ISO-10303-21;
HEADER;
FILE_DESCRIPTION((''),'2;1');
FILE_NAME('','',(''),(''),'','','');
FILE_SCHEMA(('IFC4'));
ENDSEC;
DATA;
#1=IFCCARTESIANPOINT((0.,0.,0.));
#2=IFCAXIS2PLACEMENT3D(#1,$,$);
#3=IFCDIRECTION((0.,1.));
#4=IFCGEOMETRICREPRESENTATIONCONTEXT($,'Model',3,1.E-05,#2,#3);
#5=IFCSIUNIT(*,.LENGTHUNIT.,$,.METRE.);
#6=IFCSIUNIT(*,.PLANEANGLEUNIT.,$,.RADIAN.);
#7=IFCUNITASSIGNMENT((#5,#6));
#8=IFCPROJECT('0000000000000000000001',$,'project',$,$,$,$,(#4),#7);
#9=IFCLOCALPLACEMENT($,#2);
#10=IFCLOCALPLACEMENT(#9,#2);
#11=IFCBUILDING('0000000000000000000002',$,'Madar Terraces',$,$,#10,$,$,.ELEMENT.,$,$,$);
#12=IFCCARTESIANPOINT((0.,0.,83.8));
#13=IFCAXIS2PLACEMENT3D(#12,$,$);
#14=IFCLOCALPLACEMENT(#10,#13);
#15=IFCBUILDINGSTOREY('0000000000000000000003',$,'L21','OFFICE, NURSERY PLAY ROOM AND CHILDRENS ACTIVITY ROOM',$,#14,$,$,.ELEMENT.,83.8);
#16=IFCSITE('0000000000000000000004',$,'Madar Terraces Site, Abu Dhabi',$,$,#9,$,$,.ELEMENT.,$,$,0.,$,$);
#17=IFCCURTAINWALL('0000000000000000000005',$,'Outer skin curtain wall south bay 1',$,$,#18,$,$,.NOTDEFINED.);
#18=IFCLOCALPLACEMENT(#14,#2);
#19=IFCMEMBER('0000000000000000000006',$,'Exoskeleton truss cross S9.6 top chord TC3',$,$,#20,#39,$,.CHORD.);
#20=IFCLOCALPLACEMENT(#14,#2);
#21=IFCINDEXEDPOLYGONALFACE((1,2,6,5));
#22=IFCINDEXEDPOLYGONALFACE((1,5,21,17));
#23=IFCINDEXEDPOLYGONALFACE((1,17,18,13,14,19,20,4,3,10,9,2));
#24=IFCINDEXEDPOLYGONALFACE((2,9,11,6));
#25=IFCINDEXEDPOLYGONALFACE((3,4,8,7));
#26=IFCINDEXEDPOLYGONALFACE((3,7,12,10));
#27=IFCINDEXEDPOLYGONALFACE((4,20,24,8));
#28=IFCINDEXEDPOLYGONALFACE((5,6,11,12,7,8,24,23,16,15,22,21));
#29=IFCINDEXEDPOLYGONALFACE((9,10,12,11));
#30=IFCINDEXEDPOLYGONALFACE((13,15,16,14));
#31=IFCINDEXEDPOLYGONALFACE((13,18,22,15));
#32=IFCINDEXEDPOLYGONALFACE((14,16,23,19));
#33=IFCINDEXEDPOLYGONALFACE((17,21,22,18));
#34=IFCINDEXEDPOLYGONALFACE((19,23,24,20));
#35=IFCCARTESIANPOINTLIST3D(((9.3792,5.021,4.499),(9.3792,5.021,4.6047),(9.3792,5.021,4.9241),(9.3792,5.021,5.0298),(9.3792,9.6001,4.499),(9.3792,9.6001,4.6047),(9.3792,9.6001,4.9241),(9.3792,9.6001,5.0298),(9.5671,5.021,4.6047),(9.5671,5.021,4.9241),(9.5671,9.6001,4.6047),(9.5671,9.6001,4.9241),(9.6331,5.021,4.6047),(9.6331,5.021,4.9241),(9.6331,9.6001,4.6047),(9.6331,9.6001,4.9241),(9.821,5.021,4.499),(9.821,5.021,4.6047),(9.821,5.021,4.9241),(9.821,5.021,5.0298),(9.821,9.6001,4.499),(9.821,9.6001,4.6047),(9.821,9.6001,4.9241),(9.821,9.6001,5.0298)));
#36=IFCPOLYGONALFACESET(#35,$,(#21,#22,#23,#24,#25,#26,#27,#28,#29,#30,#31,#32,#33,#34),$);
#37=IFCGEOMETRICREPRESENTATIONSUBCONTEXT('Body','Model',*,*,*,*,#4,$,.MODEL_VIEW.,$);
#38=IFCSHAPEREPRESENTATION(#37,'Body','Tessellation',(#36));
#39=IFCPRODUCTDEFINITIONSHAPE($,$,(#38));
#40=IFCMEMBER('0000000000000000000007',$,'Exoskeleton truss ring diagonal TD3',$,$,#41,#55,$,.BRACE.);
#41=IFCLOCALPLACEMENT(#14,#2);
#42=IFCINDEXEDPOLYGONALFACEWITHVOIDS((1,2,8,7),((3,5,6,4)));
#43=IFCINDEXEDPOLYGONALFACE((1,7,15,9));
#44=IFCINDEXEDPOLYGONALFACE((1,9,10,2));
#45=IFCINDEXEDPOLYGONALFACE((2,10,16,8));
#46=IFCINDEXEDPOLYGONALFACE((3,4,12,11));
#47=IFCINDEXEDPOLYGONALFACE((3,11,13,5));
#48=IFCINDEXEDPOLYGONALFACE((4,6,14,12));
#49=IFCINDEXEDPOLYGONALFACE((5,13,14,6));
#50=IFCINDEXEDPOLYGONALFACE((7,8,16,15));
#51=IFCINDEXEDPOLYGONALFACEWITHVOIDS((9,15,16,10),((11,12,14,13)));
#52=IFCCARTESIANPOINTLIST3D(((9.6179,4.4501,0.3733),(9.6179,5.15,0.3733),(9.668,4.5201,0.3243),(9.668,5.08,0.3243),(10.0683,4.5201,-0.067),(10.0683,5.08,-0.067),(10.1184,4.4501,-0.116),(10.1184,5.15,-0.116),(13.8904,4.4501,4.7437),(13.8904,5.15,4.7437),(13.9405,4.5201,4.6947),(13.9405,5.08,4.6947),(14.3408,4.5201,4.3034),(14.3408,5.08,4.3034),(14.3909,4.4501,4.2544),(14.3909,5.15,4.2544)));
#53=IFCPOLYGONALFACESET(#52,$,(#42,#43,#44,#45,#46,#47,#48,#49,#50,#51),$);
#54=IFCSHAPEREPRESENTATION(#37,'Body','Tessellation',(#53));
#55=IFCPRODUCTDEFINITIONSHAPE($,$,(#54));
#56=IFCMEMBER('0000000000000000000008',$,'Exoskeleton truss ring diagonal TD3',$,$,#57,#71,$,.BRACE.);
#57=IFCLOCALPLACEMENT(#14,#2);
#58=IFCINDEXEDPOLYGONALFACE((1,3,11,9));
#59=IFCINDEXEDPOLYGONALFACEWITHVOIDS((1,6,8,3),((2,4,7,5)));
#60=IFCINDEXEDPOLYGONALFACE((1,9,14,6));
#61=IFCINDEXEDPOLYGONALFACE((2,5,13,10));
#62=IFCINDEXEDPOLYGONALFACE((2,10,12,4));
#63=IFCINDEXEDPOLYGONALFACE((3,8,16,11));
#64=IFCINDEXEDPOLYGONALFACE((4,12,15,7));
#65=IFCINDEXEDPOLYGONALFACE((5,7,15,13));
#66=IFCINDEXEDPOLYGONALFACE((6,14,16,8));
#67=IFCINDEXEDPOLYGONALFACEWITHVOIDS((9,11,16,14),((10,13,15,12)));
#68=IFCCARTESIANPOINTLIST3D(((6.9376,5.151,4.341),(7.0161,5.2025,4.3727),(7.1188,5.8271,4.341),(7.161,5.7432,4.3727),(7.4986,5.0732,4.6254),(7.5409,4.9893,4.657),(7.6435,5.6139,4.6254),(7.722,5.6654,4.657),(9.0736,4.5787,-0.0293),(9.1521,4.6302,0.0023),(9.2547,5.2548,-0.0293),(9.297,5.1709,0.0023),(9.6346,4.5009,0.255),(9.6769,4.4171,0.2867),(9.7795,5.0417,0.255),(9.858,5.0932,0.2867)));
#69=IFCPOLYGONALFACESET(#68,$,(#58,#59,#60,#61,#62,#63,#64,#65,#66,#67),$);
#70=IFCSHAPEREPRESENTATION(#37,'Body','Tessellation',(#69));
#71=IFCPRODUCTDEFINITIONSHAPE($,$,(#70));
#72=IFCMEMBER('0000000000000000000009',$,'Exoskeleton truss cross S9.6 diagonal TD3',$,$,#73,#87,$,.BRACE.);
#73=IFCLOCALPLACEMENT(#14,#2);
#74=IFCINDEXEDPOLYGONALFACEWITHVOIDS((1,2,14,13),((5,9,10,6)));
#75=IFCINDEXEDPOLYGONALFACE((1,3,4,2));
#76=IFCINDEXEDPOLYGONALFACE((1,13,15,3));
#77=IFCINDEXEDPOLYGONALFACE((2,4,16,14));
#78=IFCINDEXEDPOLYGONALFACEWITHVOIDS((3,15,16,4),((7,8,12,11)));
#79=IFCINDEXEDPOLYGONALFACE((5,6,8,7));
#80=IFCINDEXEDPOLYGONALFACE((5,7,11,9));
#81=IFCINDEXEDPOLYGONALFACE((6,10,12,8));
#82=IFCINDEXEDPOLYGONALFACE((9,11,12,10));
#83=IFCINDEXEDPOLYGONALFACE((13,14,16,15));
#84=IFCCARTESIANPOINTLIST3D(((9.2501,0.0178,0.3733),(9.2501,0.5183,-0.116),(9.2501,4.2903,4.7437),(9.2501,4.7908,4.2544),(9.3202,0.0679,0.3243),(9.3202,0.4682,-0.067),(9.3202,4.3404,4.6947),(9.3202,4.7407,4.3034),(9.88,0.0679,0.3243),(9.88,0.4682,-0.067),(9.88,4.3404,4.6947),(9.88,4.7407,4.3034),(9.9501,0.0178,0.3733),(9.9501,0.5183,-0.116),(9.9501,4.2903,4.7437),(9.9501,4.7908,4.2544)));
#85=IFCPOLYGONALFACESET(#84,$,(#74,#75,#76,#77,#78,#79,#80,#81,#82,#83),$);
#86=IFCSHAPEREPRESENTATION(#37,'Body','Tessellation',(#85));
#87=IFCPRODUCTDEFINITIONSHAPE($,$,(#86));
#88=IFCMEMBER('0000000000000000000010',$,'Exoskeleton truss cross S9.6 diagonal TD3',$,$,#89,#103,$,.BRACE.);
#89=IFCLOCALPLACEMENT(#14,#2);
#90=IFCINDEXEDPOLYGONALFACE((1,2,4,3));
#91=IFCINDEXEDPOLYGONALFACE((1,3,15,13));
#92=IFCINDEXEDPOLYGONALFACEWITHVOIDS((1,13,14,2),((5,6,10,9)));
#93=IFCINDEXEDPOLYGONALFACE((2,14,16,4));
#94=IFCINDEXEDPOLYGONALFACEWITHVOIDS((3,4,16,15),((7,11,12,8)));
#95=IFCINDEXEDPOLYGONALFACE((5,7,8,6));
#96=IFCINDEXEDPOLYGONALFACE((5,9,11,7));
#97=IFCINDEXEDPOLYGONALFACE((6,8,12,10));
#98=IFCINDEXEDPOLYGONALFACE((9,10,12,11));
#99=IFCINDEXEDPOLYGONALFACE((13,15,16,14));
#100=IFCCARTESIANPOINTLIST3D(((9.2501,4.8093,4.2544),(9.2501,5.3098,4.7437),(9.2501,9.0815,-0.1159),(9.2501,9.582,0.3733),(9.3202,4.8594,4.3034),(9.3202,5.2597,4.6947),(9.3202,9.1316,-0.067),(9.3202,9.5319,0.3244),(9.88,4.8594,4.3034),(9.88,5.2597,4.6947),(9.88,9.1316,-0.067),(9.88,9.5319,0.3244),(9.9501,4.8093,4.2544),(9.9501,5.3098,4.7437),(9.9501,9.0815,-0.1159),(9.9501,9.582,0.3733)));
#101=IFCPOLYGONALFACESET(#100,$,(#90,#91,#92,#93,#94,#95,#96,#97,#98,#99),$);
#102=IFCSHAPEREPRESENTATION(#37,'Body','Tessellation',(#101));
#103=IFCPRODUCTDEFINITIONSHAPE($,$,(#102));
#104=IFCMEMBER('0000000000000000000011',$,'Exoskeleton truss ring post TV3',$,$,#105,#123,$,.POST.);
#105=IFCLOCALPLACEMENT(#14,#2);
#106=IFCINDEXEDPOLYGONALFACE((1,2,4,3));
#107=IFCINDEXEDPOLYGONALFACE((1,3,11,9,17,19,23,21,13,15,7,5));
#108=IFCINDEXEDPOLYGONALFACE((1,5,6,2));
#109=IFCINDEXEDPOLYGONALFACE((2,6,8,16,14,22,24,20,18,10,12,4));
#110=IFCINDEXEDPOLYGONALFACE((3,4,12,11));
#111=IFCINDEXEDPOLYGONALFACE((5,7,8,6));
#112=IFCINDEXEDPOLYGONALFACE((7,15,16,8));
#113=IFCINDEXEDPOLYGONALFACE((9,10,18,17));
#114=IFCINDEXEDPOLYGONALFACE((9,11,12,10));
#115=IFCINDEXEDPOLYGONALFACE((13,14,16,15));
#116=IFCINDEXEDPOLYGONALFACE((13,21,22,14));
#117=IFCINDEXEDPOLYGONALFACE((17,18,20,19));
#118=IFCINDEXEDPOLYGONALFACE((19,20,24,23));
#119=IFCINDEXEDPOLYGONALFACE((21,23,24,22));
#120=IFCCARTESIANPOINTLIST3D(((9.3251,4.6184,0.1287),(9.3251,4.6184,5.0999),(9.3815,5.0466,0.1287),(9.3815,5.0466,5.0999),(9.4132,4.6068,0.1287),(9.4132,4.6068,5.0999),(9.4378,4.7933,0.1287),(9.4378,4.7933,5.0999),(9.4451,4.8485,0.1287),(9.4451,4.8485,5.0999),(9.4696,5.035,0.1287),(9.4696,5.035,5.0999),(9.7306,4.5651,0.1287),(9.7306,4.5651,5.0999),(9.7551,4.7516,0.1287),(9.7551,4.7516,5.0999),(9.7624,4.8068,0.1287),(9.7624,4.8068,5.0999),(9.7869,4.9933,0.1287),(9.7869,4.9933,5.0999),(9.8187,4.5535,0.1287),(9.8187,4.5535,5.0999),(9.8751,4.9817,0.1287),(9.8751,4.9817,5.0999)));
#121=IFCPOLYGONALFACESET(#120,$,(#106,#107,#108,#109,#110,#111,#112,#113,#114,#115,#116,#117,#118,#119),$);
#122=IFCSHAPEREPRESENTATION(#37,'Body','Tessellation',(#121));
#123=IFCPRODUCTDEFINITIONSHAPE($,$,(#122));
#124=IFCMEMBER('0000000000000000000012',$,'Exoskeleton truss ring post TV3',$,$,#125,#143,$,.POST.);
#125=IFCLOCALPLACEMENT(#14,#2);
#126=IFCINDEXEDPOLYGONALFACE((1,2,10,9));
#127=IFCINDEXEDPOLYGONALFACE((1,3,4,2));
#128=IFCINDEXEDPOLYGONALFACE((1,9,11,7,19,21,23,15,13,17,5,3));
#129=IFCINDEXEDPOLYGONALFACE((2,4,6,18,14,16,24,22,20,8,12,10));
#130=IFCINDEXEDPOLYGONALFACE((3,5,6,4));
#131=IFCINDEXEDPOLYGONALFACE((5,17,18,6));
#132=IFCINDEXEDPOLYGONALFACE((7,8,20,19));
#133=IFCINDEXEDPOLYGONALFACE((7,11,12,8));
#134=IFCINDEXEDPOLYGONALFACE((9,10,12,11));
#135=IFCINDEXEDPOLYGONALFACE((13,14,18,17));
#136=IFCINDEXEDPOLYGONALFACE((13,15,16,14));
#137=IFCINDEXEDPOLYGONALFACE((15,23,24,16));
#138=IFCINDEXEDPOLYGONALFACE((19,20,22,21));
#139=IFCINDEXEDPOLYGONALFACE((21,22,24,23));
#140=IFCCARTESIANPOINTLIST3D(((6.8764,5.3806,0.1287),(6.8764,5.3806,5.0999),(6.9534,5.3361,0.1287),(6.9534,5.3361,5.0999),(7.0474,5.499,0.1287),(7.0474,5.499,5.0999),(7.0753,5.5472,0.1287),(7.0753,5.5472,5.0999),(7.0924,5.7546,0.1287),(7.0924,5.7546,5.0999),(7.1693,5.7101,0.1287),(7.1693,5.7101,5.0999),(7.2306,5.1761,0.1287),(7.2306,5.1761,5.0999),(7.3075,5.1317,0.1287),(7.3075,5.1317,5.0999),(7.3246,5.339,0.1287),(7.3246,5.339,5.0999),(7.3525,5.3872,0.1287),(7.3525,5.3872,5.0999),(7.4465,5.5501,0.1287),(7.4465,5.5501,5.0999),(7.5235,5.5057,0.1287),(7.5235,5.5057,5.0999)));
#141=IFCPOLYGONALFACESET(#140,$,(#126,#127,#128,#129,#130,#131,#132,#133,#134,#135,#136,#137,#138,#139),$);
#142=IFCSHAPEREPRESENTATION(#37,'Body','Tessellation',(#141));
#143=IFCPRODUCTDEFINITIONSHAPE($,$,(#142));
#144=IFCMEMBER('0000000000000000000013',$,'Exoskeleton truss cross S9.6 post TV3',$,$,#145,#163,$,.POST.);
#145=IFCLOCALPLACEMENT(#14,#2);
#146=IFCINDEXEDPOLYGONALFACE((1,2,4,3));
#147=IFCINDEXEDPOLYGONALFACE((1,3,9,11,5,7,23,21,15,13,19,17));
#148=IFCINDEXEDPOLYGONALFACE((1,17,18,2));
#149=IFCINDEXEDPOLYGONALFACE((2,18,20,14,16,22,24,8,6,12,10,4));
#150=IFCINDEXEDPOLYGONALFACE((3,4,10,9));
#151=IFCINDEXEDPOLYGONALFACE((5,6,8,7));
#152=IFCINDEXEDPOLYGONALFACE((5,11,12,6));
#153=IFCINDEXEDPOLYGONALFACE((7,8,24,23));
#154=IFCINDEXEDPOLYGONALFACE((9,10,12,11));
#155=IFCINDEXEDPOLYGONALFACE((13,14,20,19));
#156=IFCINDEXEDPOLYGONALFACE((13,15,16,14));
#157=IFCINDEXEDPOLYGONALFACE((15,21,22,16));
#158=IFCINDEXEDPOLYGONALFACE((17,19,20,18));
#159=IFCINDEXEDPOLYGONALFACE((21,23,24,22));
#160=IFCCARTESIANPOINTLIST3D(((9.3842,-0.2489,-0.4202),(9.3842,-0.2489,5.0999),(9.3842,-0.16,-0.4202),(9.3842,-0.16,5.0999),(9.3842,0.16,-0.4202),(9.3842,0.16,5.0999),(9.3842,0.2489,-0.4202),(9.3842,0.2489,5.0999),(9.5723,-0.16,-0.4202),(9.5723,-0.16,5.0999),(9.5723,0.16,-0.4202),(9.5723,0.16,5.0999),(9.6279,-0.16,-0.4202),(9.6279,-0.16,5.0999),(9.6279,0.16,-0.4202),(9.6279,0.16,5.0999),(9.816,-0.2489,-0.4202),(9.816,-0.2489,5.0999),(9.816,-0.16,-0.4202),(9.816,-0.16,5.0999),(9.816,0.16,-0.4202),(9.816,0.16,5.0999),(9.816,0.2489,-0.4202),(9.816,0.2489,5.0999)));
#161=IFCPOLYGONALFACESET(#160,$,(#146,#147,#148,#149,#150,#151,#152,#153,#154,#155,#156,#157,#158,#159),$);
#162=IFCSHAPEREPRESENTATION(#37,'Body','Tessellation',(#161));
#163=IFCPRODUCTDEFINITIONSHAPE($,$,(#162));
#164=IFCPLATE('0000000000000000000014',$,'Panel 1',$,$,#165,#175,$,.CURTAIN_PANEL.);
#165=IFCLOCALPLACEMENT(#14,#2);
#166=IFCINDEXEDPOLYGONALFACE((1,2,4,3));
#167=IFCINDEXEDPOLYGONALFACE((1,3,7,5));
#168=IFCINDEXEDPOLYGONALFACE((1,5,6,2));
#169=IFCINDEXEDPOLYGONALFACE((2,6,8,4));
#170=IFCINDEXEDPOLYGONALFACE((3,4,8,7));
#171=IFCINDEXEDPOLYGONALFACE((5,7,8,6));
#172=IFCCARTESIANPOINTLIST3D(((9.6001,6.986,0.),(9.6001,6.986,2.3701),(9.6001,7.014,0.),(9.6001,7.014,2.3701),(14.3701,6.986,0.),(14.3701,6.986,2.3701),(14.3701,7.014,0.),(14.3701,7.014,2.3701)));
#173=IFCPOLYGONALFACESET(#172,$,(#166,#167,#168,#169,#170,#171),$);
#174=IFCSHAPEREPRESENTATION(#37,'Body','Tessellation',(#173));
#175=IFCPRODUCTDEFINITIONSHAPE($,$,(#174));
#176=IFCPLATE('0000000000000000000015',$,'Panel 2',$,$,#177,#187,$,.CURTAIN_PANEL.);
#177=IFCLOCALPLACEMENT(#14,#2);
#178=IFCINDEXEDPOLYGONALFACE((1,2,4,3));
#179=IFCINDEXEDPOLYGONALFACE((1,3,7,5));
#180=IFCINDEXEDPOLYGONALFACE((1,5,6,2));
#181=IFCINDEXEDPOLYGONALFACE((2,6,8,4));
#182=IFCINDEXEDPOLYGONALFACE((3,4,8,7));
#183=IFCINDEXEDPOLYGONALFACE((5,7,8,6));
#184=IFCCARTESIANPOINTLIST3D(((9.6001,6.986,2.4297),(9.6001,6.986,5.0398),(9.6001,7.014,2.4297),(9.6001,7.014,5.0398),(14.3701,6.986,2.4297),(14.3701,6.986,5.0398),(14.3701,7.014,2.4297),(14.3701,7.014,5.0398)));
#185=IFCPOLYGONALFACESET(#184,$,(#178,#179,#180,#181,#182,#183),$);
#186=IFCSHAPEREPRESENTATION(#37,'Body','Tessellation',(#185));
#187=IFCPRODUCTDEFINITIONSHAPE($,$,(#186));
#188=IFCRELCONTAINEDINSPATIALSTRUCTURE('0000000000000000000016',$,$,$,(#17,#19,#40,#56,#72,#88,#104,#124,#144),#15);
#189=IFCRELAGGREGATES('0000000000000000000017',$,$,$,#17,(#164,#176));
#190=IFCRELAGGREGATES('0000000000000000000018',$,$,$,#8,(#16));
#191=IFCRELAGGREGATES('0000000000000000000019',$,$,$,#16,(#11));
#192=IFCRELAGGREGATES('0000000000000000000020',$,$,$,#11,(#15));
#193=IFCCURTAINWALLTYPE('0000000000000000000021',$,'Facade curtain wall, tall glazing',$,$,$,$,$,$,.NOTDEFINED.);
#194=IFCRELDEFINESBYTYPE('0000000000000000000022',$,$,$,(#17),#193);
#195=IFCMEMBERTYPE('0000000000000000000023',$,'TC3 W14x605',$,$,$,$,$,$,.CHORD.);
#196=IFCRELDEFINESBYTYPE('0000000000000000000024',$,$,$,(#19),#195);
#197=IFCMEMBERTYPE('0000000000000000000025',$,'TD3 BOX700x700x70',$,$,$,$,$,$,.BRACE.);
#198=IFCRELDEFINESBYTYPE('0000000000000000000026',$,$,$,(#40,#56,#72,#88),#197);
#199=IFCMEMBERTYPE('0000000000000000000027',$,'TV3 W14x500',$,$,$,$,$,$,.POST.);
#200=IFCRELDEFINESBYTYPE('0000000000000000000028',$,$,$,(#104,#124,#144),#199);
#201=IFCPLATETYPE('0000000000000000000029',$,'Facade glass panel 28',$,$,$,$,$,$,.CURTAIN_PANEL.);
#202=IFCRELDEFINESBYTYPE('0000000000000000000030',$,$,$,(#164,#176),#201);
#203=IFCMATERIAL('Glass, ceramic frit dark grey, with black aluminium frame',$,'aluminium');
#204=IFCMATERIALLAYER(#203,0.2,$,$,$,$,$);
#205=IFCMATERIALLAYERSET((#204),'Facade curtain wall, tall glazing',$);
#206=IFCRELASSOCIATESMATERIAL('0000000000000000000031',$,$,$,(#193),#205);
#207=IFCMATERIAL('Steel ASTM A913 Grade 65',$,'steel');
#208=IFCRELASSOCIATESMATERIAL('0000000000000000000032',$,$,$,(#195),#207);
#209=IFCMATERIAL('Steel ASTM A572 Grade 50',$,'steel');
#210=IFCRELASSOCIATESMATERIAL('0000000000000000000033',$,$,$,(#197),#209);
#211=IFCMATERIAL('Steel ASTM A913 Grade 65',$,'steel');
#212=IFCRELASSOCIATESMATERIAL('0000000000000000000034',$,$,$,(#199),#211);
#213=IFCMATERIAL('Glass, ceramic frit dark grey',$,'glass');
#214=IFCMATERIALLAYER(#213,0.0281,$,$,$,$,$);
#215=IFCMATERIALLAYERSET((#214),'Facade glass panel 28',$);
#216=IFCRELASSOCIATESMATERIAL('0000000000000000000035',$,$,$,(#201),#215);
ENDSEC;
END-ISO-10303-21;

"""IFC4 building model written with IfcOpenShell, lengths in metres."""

from ifc_helpers import new_model, si_unit, direction, frame, origin, origin_2d, place, context, subcontext, project, spatial, rectangle, hollow_rectangle, i_section, extrude, material, layer, layer_set, material_profile, profile_set, type_object, element, aggregate, save


model = new_model("IFC4")

# Units and contexts
model_context = context("Model", 3, precision=1e-05, world=origin(), true_north=direction((0.0, 1.0)))
body_context = subcontext(model_context, "Body", "Model", "MODEL_VIEW")
ifc_project = project(units=[si_unit("LENGTHUNIT", "METRE"), si_unit("PLANEANGLEUNIT", "RADIAN")], contexts=[model_context])

# Site, building, storey
site_placement = place(None, origin())
site = spatial("IfcSite", under=ifc_project, at=site_placement, Name="Madar Terraces Site, Abu Dhabi", CompositionType="ELEMENT", RefElevation=0.0)
building_placement = place(site_placement, origin())
building = spatial("IfcBuilding", under=site, at=building_placement, Name="Madar Terraces", CompositionType="ELEMENT")
storey_placement = place(building_placement, frame((0.0, 0.0, 83.8)))
storey = spatial("IfcBuildingStorey", under=building, at=storey_placement, Name="L21", Description="OFFICE, NURSERY PLAY ROOM AND CHILDRENS ACTIVITY ROOM", CompositionType="ELEMENT", Elevation=83.8)

# Curtain wall
ifc_material_1 = material(Name="Glass, ceramic frit dark grey, with black aluminium frame", Category="aluminium")
ifc_layer_1 = layer(ifc_material_1, 0.2)
ifc_layer_set_1 = layer_set([ifc_layer_1], Name="Facade curtain wall, tall glazing")
curtain_wall_type = type_object("IfcCurtainWallType", Name="Facade curtain wall, tall glazing", PredefinedType="NOTDEFINED", material=ifc_layer_set_1)
curtain_wall_placement = place(storey_placement, origin())
curtain_wall = element("IfcCurtainWall", 1, at=curtain_wall_placement, inside=storey, type_object=curtain_wall_type, Name="Outer skin curtain wall south bay 1", PredefinedType="NOTDEFINED")

# Members
ifc_material_2 = material(Name="Steel ASTM A913 Grade 65", Category="steel")
ifc_material_profile_1 = material_profile(ifc_material_2, i_section(OverallWidth=0.4419, OverallDepth=0.5308, WebThickness=0.0659, FlangeThickness=0.1057, at=origin_2d()), Name="W14x605")
ifc_profile_set_1 = profile_set([ifc_material_profile_1], Name="Steel ASTM A913 Grade 65")
member_type_1 = type_object("IfcMemberType", Name="TC3 W14x605", PredefinedType="CHORD", material=ifc_profile_set_1)
for number, where, z_axis, x_axis, name in (
    (2, (9.6001, 5.021, 4.7644), (0.0, 1.0, 0.0), (-1.0, 0.0, 0.0), "Exoskeleton truss cross S9.6 top chord TC3"),
):
    element("IfcMember", number, at=place(storey_placement, frame(where, z_axis=z_axis, x_axis=x_axis)), inside=storey, type_object=member_type_1, Name=name, PredefinedType="CHORD", context=body_context, shape_type="SweptSolid", body=[
        extrude(i_section(OverallWidth=0.4419, OverallDepth=0.5308, WebThickness=0.0659, FlangeThickness=0.1057, at=origin_2d()), origin(), (0.0, 0.0, 1.0), 4.5791),
    ])
ifc_material_3 = material(Name="Steel ASTM A572 Grade 50", Category="steel")
ifc_material_profile_2 = material_profile(ifc_material_3, hollow_rectangle(XDim=0.7, YDim=0.7, WallThickness=0.0701, at=origin_2d()), Name="BOX700x700x70")
ifc_profile_set_2 = profile_set([ifc_material_profile_2], Name="Steel ASTM A572 Grade 50")
member_type_2 = type_object("IfcMemberType", Name="TD3 BOX700x700x70", PredefinedType="BRACE", material=ifc_profile_set_2)
member_1_placement = place(storey_placement, frame((9.8682, 4.8, 0.1287), z_axis=(0.699052, 0.0, 0.715071), x_axis=(0.0, 1.0, 0.0)))
element("IfcMember", 3, at=member_1_placement, inside=storey, type_object=member_type_2, Name="Exoskeleton truss ring diagonal TD3", PredefinedType="BRACE", context=body_context, shape_type="SweptSolid", body=[
    extrude(hollow_rectangle(XDim=0.7, YDim=0.7, WallThickness=0.0701, at=origin_2d()), origin(), (0.0, 0.0, 1.0), 6.1118),
])
member_2_placement = place(storey_placement, frame((7.3298, 5.4082, 4.499), z_axis=(0.436097, -0.116838, -0.892282), x_axis=(0.258789, 0.965934, 0.0)))
element("IfcMember", 4, at=member_2_placement, inside=storey, type_object=member_type_2, Name="Exoskeleton truss ring diagonal TD3", PredefinedType="BRACE", context=body_context, shape_type="SweptSolid", body=[
    extrude(hollow_rectangle(XDim=0.7, YDim=0.7, WallThickness=0.0701, at=origin_2d()), origin(), (0.0, 0.0, 1.0), 4.8979),
])
member_3_placement = place(storey_placement, frame((9.6001, 0.2681, 0.1287), z_axis=(0.0, 0.699052, 0.715071), x_axis=(-1.0, 0.0, 0.0)))
element("IfcMember", 5, at=member_3_placement, inside=storey, type_object=member_type_2, Name="Exoskeleton truss cross S9.6 diagonal TD3", PredefinedType="BRACE", context=body_context, shape_type="SweptSolid", body=[
    extrude(hollow_rectangle(XDim=0.7, YDim=0.7, WallThickness=0.0701, at=origin_2d()), origin(), (0.0, 0.0, 1.0), 6.1118),
])
member_4_placement = place(storey_placement, frame((9.6001, 5.0596, 4.499), z_axis=(0.0, 0.699032, -0.715091), x_axis=(-1.0, 0.0, 0.0)))
element("IfcMember", 6, at=member_4_placement, inside=storey, type_object=member_type_2, Name="Exoskeleton truss cross S9.6 diagonal TD3", PredefinedType="BRACE", context=body_context, shape_type="SweptSolid", body=[
    extrude(hollow_rectangle(XDim=0.7, YDim=0.7, WallThickness=0.0701, at=origin_2d()), origin(), (0.0, 0.0, 1.0), 6.1116),
])
ifc_material_4 = material(Name="Steel ASTM A913 Grade 65", Category="steel")
ifc_material_profile_3 = material_profile(ifc_material_4, i_section(OverallWidth=0.4319, OverallDepth=0.4978, WebThickness=0.0557, FlangeThickness=0.0889, at=origin_2d()), Name="W14x500")
ifc_profile_set_3 = profile_set([ifc_material_profile_3], Name="Steel ASTM A913 Grade 65")
member_type_3 = type_object("IfcMemberType", Name="TV3 W14x500", PredefinedType="POST", material=ifc_profile_set_3)
for number, where, z_axis, x_axis, name in (
    (7, (9.6001, 4.8, 0.1287), (0.0, 0.0, 1.0), (0.130526, 0.991445, 0.0), "Exoskeleton truss ring post TV3"),
    (8, (7.2, 5.4431, 0.1287), (0.0, 0.0, 1.0), (0.5, 0.866025, 0.0), "Exoskeleton truss ring post TV3"),
):
    element("IfcMember", number, at=place(storey_placement, frame(where, z_axis=z_axis, x_axis=x_axis)), inside=storey, type_object=member_type_3, Name=name, PredefinedType="POST", context=body_context, shape_type="SweptSolid", body=[
        extrude(i_section(OverallWidth=0.4319, OverallDepth=0.4978, WebThickness=0.0557, FlangeThickness=0.0889, at=origin_2d()), origin(), (0.0, 0.0, 1.0), 4.9712),
    ])
member_5_placement = place(storey_placement, frame((9.6001, 0.0, -0.4202), z_axis=(0.0, 0.0, 1.0), x_axis=(-1.0, 0.0, 0.0)))
element("IfcMember", 9, at=member_5_placement, inside=storey, type_object=member_type_3, Name="Exoskeleton truss cross S9.6 post TV3", PredefinedType="POST", context=body_context, shape_type="SweptSolid", body=[
    extrude(i_section(OverallWidth=0.4319, OverallDepth=0.4978, WebThickness=0.0557, FlangeThickness=0.0889, at=origin_2d()), origin(), (0.0, 0.0, 1.0), 5.52),
])

# Plates
ifc_material_5 = material(Name="Glass, ceramic frit dark grey", Category="glass")
ifc_layer_2 = layer(ifc_material_5, 0.0281)
ifc_layer_set_2 = layer_set([ifc_layer_2], Name="Facade glass panel 28")
plate_type = type_object("IfcPlateType", Name="Facade glass panel 28", PredefinedType="CURTAIN_PANEL", material=ifc_layer_set_2)
plate_1_placement = place(storey_placement, frame((11.9851, 7.0, 0.0), z_axis=(0.0, 0.0, 1.0), x_axis=(1.0, 0.0, 0.0)))
plate_1 = element("IfcPlate", 10, at=plate_1_placement, type_object=plate_type, Name="Panel 1", PredefinedType="CURTAIN_PANEL", context=body_context, shape_type="SweptSolid", body=[
    extrude(rectangle(XDim=4.77, YDim=0.0281, at=origin_2d()), origin(), (0.0, 0.0, 1.0), 2.3701),
])
plate_2_placement = place(storey_placement, frame((11.9851, 7.0, 2.4297), z_axis=(0.0, 0.0, 1.0), x_axis=(1.0, 0.0, 0.0)))
plate_2 = element("IfcPlate", 11, at=plate_2_placement, type_object=plate_type, Name="Panel 2", PredefinedType="CURTAIN_PANEL", context=body_context, shape_type="SweptSolid", body=[
    extrude(rectangle(XDim=4.77, YDim=0.0281, at=origin_2d()), origin(), (0.0, 0.0, 1.0), 2.6101),
])
aggregate(curtain_wall, [plate_1, plate_2])

save(model, "model.ifc")
